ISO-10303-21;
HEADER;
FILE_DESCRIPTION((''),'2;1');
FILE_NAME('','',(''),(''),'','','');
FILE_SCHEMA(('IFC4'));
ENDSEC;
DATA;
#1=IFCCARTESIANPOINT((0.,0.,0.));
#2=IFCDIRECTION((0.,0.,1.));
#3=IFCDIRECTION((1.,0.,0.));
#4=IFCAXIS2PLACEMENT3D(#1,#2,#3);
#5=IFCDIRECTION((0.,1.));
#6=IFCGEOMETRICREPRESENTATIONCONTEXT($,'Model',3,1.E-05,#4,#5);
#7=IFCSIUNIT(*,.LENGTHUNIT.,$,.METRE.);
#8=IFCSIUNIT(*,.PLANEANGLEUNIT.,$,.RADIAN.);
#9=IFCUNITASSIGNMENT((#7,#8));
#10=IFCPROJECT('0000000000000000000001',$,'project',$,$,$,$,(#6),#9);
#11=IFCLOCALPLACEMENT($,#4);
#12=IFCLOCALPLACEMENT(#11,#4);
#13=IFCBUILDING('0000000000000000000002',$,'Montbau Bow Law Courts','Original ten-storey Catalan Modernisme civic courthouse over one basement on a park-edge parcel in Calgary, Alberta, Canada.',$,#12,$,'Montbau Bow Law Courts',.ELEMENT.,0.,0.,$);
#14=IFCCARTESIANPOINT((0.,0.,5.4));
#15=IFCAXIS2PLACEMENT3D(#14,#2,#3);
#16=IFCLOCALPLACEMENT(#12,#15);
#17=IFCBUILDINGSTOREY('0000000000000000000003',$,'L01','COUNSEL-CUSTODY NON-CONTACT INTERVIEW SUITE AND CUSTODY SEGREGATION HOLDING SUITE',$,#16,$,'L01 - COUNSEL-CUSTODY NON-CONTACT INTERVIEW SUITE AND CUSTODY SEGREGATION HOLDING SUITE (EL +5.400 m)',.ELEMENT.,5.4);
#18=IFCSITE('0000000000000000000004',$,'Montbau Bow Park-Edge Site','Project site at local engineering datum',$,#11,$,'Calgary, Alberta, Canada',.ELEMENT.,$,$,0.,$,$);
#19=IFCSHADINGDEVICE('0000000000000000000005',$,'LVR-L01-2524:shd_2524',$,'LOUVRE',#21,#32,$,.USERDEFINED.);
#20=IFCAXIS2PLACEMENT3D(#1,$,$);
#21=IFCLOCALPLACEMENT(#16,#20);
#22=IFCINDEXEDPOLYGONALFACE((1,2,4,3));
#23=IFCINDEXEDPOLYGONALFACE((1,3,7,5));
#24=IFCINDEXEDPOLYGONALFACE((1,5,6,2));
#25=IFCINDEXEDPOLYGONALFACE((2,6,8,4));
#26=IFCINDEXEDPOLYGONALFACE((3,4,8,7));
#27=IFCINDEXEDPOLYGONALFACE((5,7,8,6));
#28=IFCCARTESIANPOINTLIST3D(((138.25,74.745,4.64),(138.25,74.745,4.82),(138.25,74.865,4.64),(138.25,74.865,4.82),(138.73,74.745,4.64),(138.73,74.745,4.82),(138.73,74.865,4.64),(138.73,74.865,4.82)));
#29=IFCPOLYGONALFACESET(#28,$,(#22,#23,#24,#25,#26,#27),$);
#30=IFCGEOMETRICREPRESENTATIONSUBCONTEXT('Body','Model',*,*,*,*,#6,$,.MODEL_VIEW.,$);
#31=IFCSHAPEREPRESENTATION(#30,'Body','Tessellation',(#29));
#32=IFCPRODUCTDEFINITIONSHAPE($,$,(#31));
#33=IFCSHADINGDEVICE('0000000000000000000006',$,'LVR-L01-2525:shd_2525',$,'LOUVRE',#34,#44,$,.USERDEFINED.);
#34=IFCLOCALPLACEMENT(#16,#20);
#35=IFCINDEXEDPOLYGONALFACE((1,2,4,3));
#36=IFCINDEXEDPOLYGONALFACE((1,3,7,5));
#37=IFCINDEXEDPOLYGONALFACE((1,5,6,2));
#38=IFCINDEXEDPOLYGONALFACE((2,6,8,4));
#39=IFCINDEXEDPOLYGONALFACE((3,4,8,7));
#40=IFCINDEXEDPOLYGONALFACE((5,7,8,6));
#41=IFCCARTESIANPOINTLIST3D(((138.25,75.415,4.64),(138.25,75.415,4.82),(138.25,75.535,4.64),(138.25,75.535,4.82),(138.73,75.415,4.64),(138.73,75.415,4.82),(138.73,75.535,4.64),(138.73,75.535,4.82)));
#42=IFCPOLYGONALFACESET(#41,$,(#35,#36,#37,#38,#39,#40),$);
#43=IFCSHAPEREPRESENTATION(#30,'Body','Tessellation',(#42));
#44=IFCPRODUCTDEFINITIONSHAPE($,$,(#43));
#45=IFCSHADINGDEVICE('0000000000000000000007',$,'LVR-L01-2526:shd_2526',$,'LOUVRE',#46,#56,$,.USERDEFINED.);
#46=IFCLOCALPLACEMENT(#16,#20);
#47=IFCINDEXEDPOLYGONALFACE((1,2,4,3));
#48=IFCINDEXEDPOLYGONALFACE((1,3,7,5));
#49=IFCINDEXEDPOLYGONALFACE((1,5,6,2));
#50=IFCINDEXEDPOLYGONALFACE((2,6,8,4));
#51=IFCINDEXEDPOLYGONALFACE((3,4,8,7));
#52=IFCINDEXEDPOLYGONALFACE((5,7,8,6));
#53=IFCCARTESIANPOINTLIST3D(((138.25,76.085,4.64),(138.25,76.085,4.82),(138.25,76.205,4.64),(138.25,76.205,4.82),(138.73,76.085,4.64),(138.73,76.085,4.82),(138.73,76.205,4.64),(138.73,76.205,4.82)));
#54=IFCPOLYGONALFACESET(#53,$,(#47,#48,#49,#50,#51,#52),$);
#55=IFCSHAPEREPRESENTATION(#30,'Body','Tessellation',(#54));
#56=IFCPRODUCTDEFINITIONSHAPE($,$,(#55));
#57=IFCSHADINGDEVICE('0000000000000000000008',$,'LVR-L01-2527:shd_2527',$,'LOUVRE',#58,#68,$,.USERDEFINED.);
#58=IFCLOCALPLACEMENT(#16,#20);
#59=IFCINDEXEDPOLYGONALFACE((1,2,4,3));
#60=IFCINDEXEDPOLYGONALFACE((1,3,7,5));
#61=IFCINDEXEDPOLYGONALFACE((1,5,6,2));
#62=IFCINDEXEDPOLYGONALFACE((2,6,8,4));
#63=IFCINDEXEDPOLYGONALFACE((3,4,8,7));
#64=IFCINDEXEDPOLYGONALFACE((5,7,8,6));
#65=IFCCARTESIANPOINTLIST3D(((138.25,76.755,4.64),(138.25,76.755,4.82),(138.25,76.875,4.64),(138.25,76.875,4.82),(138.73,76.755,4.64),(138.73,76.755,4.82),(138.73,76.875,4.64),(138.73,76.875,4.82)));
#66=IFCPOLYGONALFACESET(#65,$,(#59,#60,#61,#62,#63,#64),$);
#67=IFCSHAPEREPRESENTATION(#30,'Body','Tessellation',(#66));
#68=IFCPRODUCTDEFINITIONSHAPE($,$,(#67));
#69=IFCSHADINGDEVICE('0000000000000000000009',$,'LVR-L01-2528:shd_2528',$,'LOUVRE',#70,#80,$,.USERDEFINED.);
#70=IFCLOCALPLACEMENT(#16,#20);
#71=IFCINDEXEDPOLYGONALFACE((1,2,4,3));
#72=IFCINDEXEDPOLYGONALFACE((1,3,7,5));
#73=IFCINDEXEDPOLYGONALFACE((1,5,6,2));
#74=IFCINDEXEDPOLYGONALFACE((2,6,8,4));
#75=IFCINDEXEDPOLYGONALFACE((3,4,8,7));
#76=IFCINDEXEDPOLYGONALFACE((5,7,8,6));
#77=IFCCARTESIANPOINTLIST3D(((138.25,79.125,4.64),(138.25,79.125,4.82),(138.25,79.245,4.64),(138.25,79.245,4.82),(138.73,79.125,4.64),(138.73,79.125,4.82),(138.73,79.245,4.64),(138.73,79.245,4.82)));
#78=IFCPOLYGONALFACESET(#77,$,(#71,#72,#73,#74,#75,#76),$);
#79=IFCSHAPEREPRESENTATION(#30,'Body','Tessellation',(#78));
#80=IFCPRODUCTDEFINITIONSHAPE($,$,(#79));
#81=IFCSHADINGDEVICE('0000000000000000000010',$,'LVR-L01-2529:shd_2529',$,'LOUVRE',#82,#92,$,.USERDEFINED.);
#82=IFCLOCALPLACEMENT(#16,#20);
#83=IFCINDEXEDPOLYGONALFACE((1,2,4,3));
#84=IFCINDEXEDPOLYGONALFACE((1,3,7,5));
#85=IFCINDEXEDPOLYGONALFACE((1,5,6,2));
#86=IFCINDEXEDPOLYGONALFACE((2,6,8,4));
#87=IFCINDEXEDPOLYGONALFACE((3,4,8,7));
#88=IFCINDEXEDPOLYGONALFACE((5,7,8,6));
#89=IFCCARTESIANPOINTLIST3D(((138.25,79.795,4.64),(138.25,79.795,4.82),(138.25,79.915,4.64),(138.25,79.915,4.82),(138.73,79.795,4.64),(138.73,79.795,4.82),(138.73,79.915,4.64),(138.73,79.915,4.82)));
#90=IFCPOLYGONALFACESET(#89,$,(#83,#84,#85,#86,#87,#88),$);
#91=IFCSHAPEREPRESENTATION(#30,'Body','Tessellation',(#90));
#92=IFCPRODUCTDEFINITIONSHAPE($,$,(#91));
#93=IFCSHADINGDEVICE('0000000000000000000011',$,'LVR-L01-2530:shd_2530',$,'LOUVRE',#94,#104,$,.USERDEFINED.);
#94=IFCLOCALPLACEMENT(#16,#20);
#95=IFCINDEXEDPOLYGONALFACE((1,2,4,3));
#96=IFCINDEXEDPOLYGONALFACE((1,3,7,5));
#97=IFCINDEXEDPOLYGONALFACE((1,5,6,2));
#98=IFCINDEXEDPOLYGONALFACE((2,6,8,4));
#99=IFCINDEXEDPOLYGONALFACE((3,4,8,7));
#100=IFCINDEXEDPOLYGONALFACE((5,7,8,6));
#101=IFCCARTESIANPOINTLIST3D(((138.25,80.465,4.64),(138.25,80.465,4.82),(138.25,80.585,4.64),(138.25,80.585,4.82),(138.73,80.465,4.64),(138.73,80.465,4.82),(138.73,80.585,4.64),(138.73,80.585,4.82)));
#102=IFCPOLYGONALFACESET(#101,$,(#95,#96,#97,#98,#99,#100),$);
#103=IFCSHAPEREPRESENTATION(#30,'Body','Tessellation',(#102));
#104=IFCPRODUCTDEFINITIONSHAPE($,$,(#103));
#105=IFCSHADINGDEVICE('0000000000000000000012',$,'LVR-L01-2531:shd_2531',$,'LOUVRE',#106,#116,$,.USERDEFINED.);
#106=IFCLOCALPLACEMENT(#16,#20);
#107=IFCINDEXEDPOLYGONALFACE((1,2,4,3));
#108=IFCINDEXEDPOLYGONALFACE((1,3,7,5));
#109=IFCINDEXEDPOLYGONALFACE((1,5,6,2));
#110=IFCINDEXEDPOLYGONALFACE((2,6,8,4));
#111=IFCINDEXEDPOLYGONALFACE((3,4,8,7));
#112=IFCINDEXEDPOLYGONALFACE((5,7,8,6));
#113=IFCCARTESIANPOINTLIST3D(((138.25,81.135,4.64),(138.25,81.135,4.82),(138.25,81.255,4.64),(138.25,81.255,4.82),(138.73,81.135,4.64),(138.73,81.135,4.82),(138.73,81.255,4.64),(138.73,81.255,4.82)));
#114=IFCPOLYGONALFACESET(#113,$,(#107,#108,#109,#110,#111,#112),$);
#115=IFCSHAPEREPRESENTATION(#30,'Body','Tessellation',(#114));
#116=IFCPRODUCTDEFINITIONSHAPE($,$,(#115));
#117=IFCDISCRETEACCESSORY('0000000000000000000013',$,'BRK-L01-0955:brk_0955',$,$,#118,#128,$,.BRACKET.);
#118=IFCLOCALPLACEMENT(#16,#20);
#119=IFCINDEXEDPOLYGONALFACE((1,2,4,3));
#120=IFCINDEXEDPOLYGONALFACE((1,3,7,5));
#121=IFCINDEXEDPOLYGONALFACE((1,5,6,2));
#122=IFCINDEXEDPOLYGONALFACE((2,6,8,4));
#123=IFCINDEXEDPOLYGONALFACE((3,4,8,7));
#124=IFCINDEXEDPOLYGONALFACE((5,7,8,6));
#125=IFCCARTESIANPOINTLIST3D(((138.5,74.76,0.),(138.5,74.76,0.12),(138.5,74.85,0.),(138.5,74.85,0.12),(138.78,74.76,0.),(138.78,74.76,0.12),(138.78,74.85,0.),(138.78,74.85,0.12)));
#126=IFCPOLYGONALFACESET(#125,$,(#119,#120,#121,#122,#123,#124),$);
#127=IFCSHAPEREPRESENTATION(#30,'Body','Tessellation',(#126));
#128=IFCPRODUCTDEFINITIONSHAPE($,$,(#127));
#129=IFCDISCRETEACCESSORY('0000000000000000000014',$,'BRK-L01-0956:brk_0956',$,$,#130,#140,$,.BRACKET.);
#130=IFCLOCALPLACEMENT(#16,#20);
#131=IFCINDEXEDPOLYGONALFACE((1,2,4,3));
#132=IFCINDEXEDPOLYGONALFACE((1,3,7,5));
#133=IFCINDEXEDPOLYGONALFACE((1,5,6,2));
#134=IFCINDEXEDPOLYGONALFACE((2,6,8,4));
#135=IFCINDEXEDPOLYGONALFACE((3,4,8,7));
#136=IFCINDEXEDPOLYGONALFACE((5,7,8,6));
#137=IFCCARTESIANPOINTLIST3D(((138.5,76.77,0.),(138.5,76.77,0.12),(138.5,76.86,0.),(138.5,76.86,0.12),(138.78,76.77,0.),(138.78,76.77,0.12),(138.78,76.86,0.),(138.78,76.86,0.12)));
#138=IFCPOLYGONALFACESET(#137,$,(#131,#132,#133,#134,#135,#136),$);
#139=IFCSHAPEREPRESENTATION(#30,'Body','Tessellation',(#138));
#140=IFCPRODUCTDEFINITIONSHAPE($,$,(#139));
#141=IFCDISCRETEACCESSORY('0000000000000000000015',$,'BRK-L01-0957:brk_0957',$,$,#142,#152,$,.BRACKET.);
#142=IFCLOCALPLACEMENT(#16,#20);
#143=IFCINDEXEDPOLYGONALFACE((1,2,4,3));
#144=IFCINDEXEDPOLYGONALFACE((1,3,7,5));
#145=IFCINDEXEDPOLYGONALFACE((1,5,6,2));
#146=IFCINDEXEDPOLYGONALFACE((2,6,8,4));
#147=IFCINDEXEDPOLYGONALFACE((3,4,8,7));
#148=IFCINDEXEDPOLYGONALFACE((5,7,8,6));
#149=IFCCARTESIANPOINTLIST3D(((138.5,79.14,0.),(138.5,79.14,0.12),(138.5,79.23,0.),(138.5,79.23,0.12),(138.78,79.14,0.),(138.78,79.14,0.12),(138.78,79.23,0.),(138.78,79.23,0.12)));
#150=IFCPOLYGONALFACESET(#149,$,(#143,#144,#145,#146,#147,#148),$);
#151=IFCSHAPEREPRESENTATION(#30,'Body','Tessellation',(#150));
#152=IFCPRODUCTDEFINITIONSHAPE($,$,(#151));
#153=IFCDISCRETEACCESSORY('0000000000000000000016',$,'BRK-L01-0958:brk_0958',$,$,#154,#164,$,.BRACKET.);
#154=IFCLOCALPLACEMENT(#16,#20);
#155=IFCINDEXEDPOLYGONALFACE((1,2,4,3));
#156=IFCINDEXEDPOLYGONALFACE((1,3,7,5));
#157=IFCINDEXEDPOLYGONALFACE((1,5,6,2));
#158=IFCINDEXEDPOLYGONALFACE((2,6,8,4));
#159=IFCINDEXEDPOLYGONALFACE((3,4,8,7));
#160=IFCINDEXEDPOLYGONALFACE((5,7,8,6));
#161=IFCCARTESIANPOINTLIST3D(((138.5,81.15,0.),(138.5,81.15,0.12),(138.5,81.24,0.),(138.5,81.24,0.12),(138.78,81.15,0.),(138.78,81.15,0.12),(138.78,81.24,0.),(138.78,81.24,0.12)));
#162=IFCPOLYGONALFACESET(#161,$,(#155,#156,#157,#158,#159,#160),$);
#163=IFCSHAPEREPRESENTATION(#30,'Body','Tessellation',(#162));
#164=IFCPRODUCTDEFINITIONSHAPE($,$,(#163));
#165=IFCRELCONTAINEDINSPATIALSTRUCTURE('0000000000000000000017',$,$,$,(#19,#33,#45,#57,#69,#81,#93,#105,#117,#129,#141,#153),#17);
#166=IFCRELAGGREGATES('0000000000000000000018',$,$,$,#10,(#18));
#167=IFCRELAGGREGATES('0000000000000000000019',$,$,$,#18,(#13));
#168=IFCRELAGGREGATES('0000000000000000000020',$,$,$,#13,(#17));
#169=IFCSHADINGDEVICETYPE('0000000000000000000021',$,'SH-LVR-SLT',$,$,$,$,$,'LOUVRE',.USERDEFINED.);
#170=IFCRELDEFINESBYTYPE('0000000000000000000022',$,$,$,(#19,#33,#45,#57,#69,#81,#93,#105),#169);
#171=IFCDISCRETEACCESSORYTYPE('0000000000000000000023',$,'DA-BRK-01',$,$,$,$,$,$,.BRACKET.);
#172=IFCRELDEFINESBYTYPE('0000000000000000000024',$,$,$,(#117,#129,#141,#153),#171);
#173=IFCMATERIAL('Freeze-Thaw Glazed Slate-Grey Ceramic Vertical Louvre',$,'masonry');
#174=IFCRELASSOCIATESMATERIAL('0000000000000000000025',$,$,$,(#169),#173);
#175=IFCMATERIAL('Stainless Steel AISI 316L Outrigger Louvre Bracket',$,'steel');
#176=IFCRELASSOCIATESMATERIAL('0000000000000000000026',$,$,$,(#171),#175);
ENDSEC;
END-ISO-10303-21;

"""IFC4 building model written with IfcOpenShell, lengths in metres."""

from ifc_helpers import new_model, si_unit, direction, frame, origin_with_axes, origin_2d_with_axis, place, context, subcontext, project, spatial, rectangle, extrude, material, type_object, element, save


model = new_model("IFC4")

# Units and contexts
model_context = context("Model", 3, precision=1e-05, world=origin_with_axes(), true_north=direction((0.0, 1.0)))
body_context = subcontext(model_context, "Body", "Model", "MODEL_VIEW")
ifc_project = project(units=[si_unit("LENGTHUNIT", "METRE"), si_unit("PLANEANGLEUNIT", "RADIAN")], contexts=[model_context])

# Site, building, storey
site_placement = place(None, origin_with_axes())
site = spatial("IfcSite", under=ifc_project, at=site_placement, Name="Montbau Bow Park-Edge Site", Description="Project site at local engineering datum", LongName="Calgary, Alberta, Canada", CompositionType="ELEMENT", RefElevation=0.0)
building_placement = place(site_placement, origin_with_axes())
building = spatial("IfcBuilding", under=site, at=building_placement, Name="Montbau Bow Law Courts", Description="Original ten-storey Catalan Modernisme civic courthouse over one basement on a park-edge parcel in Calgary, Alberta, Canada.", LongName="Montbau Bow Law Courts", CompositionType="ELEMENT", ElevationOfRefHeight=0.0, ElevationOfTerrain=0.0)
storey_placement = place(building_placement, frame((0.0, 0.0, 5.4), z_axis=(0.0, 0.0, 1.0), x_axis=(1.0, 0.0, 0.0)))
storey = spatial("IfcBuildingStorey", under=building, at=storey_placement, Name="L01", Description="COUNSEL-CUSTODY NON-CONTACT INTERVIEW SUITE AND CUSTODY SEGREGATION HOLDING SUITE", LongName="L01 - COUNSEL-CUSTODY NON-CONTACT INTERVIEW SUITE AND CUSTODY SEGREGATION HOLDING SUITE (EL +5.400 m)", CompositionType="ELEMENT", Elevation=5.4)

# Shared definitions
ifc_material_1 = material(Name="Freeze-Thaw Glazed Slate-Grey Ceramic Vertical Louvre", Category="masonry")

# Shading devices
shading_device_type = type_object("IfcShadingDeviceType", Name="SH-LVR-SLT", ElementType="LOUVRE", PredefinedType="USERDEFINED", material=ifc_material_1)
for number, where, z_axis, x_axis, name in (
    (1, (138.49, 74.805, 10.04), (0.0, 0.0, 1.0), (-1.0, 0.0, 0.0), "LVR-L01-2524:shd_2524"),
    (2, (138.49, 75.475, 10.04), (0.0, 0.0, 1.0), (-1.0, 0.0, 0.0), "LVR-L01-2525:shd_2525"),
    (3, (138.49, 76.145, 10.04), (0.0, 0.0, 1.0), (-1.0, 0.0, 0.0), "LVR-L01-2526:shd_2526"),
    (4, (138.49, 76.815, 10.04), (0.0, 0.0, 1.0), (-1.0, 0.0, 0.0), "LVR-L01-2527:shd_2527"),
    (5, (138.49, 79.185, 10.04), (0.0, 0.0, 1.0), (-1.0, 0.0, 0.0), "LVR-L01-2528:shd_2528"),
    (6, (138.49, 79.855, 10.04), (0.0, 0.0, 1.0), (-1.0, 0.0, 0.0), "LVR-L01-2529:shd_2529"),
    (7, (138.49, 80.525, 10.04), (0.0, 0.0, 1.0), (-1.0, 0.0, 0.0), "LVR-L01-2530:shd_2530"),
    (8, (138.49, 81.195, 10.04), (0.0, 0.0, 1.0), (-1.0, 0.0, 0.0), "LVR-L01-2531:shd_2531"),
):
    element("IfcShadingDevice", number, at=place(None, frame(where, z_axis=z_axis, x_axis=x_axis)), inside=storey, type_object=shading_device_type, Name=name, ObjectType="LOUVRE", PredefinedType="USERDEFINED", context=body_context, shape_type="SweptSolid", body=[
        extrude(rectangle(XDim=0.48, YDim=0.12, at=origin_2d_with_axis()), origin_with_axes(), (0.0, 0.0, 1.0), 0.18),
    ])

# Discrete accessories
ifc_material_2 = material(Name="Stainless Steel AISI 316L Outrigger Louvre Bracket", Category="steel")
discrete_accessory_type = type_object("IfcDiscreteAccessoryType", Name="DA-BRK-01", PredefinedType="BRACKET", material=ifc_material_2)
for number, where, z_axis, x_axis, name in (
    (9, (138.64, 74.805, 5.4), (0.0, 0.0, 1.0), (-1.0, 0.0, 0.0), "BRK-L01-0955:brk_0955"),
    (10, (138.64, 76.815, 5.4), (0.0, 0.0, 1.0), (-1.0, 0.0, 0.0), "BRK-L01-0956:brk_0956"),
    (11, (138.64, 79.185, 5.4), (0.0, 0.0, 1.0), (-1.0, 0.0, 0.0), "BRK-L01-0957:brk_0957"),
    (12, (138.64, 81.195, 5.4), (0.0, 0.0, 1.0), (-1.0, 0.0, 0.0), "BRK-L01-0958:brk_0958"),
):
    element("IfcDiscreteAccessory", number, at=place(None, frame(where, z_axis=z_axis, x_axis=x_axis)), inside=storey, type_object=discrete_accessory_type, Name=name, PredefinedType="BRACKET", context=body_context, shape_type="SweptSolid", body=[
        extrude(rectangle(XDim=0.28, YDim=0.09, at=origin_2d_with_axis()), origin_with_axes(), (0.0, 0.0, 1.0), 0.12),
    ])

save(model, "model.ifc")
